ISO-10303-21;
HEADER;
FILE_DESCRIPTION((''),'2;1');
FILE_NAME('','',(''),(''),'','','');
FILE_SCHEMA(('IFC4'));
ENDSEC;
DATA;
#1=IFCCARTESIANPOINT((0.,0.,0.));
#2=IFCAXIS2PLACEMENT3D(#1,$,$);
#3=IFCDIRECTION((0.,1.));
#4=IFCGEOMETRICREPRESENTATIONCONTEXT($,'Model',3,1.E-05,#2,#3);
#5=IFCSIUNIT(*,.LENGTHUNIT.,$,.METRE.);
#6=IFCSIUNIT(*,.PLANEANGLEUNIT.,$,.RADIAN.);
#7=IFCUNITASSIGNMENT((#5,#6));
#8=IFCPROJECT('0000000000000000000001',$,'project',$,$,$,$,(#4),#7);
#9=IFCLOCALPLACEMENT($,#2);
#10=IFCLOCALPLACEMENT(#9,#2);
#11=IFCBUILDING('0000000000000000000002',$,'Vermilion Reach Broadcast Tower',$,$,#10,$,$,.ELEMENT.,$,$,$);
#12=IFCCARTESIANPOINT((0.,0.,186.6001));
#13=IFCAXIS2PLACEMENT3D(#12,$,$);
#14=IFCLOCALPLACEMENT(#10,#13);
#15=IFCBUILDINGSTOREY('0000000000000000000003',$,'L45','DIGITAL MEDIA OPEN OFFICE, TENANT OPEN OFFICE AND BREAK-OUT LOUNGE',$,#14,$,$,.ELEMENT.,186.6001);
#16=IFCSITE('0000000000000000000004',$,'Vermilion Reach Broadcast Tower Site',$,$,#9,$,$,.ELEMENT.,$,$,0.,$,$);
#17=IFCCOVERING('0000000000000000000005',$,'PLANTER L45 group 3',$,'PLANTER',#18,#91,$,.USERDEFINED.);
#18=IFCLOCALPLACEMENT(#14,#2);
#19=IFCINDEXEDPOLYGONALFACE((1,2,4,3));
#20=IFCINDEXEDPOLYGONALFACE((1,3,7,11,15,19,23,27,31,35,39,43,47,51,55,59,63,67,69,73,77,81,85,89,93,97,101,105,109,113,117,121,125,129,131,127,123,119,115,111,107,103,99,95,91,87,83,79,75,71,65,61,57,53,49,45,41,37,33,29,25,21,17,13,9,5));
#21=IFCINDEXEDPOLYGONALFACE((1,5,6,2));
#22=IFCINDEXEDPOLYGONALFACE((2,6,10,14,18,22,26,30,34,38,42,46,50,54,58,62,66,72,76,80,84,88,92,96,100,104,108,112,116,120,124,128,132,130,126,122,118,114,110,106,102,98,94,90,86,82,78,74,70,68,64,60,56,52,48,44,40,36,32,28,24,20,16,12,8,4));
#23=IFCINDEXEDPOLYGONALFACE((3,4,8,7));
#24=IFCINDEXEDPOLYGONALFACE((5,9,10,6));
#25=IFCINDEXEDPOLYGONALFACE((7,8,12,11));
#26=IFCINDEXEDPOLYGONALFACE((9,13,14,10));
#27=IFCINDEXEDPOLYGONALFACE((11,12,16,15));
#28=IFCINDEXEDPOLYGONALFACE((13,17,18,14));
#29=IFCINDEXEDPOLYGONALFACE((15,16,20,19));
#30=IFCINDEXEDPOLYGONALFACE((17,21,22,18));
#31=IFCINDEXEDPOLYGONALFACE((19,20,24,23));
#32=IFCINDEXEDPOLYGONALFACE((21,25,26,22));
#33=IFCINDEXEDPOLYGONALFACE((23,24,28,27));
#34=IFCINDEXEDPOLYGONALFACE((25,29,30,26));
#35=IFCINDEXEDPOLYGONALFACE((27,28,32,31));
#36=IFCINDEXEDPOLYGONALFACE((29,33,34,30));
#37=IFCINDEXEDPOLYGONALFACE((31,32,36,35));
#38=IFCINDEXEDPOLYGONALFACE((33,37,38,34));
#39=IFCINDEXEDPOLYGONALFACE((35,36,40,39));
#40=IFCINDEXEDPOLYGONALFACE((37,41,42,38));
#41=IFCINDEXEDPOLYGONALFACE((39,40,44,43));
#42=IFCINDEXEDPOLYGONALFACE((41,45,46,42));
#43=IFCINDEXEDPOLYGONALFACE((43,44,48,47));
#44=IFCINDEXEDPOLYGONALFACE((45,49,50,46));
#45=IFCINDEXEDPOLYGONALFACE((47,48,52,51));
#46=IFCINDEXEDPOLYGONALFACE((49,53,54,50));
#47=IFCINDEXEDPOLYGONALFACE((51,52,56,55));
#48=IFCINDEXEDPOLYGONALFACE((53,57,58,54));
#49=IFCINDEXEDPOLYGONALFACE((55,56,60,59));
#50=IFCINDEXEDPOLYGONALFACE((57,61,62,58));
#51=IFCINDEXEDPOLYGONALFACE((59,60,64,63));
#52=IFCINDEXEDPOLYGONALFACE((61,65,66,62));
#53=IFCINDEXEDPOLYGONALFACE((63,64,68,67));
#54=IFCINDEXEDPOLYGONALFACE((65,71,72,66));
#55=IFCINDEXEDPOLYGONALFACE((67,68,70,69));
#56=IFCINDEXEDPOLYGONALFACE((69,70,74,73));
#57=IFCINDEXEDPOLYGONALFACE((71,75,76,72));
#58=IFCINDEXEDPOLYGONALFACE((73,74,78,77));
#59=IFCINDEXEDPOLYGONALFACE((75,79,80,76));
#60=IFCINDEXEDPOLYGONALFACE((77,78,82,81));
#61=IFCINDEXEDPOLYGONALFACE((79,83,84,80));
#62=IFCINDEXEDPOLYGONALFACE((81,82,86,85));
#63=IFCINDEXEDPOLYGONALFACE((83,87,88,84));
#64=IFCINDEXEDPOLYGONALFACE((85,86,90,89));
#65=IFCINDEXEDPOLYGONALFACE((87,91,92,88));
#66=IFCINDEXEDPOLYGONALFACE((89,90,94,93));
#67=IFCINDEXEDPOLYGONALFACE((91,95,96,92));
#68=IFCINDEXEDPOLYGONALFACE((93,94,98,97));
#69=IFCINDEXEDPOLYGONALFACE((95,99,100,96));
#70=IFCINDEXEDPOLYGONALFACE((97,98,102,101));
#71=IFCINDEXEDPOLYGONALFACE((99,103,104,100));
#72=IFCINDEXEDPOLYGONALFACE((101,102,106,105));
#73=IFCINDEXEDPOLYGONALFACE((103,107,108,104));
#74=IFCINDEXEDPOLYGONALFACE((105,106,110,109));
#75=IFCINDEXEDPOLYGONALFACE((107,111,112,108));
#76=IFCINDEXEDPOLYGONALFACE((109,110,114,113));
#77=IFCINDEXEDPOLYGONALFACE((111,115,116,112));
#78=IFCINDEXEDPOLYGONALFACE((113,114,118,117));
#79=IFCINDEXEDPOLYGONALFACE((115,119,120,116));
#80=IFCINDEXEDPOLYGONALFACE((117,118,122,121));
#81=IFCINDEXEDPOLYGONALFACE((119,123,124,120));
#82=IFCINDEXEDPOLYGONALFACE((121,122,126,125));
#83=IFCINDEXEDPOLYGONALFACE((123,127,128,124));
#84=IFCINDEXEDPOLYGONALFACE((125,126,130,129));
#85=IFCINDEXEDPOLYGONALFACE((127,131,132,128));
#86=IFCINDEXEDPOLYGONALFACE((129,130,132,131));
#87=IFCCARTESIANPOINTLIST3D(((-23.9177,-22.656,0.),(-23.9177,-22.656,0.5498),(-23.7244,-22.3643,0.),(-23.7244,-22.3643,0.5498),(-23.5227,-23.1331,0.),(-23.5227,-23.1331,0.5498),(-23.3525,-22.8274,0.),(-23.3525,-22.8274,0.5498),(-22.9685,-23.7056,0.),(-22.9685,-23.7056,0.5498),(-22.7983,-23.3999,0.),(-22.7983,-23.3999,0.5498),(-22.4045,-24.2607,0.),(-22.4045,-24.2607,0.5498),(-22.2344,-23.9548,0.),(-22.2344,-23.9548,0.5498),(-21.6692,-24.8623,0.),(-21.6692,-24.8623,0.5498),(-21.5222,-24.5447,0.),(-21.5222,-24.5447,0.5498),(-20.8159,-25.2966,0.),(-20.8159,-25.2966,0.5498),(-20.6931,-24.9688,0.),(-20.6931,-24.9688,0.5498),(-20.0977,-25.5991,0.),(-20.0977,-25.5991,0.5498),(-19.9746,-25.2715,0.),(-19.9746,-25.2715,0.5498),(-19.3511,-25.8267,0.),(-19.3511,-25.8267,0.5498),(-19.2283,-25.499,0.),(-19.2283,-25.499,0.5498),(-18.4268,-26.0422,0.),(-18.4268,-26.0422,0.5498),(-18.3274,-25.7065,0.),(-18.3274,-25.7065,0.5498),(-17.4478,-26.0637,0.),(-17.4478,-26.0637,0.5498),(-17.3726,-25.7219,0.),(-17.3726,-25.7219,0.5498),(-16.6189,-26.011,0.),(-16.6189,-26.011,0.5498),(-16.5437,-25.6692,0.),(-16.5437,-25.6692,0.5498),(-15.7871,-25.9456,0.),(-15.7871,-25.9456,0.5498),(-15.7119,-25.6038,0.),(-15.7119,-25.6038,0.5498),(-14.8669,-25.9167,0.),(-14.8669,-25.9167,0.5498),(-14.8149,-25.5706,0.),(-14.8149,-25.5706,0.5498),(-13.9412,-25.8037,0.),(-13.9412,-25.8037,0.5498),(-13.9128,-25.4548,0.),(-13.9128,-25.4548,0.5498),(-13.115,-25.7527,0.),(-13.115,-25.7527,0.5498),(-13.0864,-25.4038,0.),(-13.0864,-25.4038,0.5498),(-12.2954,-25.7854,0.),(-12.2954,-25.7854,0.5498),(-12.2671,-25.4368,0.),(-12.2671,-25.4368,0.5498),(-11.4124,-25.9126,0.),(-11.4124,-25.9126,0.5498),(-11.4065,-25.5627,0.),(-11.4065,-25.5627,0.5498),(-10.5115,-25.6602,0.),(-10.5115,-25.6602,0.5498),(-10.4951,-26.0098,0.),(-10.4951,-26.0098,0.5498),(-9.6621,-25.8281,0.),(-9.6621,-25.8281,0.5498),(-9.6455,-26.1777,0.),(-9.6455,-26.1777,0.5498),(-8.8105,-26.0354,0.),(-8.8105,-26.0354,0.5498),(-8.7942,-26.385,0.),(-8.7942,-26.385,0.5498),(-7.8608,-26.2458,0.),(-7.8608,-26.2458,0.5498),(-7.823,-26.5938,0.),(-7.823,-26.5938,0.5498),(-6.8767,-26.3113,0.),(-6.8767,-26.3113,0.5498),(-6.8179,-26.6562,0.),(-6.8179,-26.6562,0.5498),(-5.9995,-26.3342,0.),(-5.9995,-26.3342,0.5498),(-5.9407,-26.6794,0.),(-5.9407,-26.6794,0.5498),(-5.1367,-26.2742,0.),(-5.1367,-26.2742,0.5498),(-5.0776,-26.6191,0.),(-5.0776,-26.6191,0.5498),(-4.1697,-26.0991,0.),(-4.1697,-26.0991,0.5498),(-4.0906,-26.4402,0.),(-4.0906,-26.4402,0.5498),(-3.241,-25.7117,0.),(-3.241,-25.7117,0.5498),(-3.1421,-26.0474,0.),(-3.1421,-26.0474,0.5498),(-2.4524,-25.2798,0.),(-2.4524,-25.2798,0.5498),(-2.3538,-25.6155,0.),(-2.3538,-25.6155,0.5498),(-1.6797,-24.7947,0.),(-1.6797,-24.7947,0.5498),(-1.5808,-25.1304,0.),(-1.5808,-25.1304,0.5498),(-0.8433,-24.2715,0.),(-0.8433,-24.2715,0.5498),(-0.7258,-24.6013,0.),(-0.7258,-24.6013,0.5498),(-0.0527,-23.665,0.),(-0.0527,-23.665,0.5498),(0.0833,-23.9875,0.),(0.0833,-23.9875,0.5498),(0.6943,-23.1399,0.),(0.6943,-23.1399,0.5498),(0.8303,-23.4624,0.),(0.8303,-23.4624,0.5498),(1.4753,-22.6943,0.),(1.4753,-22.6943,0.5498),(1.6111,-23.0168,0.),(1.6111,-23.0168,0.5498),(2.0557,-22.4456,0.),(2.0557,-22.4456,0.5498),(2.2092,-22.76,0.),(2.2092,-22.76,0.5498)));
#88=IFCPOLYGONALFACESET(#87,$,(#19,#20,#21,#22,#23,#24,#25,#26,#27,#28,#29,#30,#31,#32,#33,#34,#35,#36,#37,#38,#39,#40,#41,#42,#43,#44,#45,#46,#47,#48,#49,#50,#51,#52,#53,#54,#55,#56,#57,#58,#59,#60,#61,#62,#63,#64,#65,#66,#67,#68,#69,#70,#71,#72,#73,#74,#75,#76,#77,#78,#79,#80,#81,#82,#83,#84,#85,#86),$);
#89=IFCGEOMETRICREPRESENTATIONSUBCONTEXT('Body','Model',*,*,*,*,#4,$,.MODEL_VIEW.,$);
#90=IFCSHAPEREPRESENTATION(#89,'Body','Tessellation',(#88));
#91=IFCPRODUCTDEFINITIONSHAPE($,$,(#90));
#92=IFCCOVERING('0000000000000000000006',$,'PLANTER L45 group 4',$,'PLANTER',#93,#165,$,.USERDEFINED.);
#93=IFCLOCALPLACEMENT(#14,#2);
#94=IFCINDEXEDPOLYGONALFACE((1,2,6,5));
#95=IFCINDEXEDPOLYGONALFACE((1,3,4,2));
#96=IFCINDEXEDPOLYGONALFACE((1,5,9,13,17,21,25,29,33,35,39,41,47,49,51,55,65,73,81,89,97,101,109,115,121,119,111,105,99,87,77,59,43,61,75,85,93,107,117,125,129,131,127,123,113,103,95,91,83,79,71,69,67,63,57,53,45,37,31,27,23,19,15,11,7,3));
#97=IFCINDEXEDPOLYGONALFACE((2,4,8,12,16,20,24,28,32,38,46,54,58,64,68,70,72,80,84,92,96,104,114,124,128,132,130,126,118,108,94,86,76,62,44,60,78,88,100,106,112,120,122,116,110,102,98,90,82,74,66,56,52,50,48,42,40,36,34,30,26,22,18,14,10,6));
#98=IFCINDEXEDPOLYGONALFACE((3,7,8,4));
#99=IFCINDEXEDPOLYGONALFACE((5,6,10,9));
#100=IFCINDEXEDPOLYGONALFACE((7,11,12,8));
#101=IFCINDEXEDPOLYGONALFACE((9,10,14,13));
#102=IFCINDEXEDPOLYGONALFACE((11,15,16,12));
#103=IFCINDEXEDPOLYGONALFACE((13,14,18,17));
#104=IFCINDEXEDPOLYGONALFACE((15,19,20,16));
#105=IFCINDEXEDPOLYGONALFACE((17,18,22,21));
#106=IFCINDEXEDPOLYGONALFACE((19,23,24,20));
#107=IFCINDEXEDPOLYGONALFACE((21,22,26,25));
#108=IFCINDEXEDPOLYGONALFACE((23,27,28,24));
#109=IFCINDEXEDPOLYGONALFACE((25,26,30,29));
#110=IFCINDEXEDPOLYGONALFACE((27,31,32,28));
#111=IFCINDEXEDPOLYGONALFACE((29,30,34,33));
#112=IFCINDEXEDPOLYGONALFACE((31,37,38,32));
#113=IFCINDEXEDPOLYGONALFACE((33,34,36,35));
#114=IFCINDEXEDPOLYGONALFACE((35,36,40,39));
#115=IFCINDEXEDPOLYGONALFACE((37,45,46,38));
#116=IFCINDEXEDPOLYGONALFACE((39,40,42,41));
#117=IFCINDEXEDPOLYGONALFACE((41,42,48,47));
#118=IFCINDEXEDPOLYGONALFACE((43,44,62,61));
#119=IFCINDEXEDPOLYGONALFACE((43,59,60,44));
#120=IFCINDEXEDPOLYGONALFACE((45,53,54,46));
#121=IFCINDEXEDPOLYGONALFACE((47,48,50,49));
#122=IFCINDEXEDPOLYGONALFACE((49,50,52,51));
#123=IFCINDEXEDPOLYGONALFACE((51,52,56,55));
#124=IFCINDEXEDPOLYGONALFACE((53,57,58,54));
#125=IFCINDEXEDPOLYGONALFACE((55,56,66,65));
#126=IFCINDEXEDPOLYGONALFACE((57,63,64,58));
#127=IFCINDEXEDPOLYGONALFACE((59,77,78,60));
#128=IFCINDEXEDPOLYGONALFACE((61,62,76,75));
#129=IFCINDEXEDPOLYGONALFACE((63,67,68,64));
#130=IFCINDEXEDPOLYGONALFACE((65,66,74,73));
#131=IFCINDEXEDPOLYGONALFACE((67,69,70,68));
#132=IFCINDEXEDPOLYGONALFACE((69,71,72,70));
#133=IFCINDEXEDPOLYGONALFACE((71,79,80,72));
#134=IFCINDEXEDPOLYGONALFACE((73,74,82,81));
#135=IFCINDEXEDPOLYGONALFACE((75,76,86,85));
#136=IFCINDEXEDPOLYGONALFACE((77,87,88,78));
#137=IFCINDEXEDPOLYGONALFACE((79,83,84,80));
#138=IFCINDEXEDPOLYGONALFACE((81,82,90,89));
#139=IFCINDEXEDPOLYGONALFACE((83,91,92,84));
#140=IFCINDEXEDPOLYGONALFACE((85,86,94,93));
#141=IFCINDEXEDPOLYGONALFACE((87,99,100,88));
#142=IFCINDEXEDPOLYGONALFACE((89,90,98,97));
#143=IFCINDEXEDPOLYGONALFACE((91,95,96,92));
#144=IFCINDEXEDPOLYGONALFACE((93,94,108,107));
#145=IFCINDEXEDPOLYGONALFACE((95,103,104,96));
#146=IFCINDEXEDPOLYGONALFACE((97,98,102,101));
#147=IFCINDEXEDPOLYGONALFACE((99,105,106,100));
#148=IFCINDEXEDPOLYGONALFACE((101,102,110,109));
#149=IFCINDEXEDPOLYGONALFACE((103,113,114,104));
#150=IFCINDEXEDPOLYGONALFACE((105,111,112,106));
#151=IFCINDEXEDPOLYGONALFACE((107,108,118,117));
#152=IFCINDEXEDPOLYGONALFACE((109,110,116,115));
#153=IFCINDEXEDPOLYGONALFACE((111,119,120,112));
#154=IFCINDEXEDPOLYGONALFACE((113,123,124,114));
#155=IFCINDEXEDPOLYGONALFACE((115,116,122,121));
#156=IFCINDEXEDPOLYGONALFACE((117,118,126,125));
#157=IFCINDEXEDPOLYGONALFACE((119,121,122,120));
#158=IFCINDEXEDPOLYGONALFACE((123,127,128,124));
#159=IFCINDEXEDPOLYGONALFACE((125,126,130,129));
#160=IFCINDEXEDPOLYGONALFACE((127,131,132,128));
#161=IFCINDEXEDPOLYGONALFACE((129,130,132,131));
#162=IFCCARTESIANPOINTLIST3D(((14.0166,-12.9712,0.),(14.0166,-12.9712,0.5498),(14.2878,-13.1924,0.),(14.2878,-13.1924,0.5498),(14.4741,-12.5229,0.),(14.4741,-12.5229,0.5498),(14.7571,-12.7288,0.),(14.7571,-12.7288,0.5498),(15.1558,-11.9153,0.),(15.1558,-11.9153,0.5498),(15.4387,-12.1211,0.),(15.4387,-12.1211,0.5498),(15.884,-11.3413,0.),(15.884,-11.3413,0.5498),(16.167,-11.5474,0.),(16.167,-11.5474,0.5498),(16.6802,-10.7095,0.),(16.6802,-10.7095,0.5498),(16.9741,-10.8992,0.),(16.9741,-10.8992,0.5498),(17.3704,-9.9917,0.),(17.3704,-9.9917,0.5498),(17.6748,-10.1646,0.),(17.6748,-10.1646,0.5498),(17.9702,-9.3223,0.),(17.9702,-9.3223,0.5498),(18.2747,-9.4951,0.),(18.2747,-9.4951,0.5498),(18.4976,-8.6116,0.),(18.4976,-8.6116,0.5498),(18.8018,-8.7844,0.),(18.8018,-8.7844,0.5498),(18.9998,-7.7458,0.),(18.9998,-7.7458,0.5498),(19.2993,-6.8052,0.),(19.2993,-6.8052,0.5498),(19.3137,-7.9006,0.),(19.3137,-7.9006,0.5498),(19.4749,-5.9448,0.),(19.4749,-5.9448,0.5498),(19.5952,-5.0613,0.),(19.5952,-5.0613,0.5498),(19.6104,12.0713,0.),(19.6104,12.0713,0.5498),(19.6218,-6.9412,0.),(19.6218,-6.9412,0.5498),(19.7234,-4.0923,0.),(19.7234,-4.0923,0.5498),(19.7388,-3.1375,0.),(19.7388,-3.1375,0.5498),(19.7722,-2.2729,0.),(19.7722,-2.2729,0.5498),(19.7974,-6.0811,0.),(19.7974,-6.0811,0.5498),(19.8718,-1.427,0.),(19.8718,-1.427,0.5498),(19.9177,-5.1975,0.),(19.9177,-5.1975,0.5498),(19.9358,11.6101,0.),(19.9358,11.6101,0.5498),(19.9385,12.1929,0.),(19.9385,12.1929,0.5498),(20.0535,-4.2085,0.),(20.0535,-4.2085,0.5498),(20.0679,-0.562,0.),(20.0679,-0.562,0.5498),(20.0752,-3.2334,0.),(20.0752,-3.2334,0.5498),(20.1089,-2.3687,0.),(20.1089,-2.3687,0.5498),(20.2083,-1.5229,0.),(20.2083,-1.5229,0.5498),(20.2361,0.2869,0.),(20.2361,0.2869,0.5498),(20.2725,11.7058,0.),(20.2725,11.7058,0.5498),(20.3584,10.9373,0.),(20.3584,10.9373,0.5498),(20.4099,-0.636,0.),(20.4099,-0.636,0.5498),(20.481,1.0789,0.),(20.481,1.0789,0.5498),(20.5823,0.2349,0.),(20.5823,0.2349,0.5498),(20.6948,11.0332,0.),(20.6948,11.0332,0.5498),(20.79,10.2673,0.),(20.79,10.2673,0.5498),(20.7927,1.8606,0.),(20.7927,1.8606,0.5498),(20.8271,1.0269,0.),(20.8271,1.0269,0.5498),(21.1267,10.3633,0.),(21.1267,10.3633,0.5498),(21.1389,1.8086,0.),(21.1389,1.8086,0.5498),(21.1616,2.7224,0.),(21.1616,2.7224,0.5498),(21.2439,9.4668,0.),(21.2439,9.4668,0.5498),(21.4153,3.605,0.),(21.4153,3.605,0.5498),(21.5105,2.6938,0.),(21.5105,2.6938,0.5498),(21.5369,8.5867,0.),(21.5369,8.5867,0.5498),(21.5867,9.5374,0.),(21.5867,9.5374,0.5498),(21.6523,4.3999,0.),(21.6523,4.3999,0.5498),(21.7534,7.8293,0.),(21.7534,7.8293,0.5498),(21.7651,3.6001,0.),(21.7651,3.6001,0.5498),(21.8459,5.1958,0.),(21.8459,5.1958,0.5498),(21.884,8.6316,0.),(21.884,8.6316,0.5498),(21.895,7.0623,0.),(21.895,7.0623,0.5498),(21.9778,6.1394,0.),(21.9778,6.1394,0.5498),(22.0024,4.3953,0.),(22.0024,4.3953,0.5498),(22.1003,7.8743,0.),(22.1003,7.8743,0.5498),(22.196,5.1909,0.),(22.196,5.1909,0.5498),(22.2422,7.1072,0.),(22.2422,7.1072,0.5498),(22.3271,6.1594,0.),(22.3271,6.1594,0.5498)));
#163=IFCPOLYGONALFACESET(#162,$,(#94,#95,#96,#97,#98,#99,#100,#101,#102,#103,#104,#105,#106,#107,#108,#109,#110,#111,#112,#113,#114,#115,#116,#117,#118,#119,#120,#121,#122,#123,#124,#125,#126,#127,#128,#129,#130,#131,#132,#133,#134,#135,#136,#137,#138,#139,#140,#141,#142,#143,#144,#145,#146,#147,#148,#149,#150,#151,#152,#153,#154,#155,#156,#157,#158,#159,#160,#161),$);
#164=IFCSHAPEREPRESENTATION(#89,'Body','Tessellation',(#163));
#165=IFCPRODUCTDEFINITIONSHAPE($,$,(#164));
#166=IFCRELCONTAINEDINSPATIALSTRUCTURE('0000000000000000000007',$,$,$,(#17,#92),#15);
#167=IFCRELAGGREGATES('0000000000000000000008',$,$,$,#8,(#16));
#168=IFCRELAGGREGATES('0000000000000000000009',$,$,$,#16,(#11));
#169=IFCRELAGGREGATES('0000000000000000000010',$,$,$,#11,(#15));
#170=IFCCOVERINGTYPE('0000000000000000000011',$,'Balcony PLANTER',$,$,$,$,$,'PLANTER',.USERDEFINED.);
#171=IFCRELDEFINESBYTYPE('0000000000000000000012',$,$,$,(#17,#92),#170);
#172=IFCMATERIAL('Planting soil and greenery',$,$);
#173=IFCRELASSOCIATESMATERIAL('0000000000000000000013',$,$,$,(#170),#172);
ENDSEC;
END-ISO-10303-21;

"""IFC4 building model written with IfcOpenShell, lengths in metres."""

from ifc_helpers import new_model, si_unit, direction, frame, origin, place, context, subcontext, project, spatial, polyline, outline, extrude, material, type_object, element, save


model = new_model("IFC4")

# Units and contexts
model_context = context("Model", 3, precision=1e-05, world=origin(), true_north=direction((0.0, 1.0)))
body_context = subcontext(model_context, "Body", "Model", "MODEL_VIEW")
ifc_project = project(units=[si_unit("LENGTHUNIT", "METRE"), si_unit("PLANEANGLEUNIT", "RADIAN")], contexts=[model_context])

# Site, building, storey
site_placement = place(None, origin())
site = spatial("IfcSite", under=ifc_project, at=site_placement, Name="Vermilion Reach Broadcast Tower Site", CompositionType="ELEMENT", RefElevation=0.0)
building_placement = place(site_placement, origin())
building = spatial("IfcBuilding", under=site, at=building_placement, Name="Vermilion Reach Broadcast Tower", CompositionType="ELEMENT")
storey_placement = place(building_placement, frame((0.0, 0.0, 186.6001)))
storey = spatial("IfcBuildingStorey", under=building, at=storey_placement, Name="L45", Description="DIGITAL MEDIA OPEN OFFICE, TENANT OPEN OFFICE AND BREAK-OUT LOUNGE", CompositionType="ELEMENT", Elevation=186.6001)

# Shared definitions
placement_1 = place(storey_placement, origin())

# Coverings
ifc_material_1 = material(Name="Planting soil and greenery")
covering_type = type_object("IfcCoveringType", Name="Balcony PLANTER", ElementType="PLANTER", PredefinedType="USERDEFINED", material=ifc_material_1)
element("IfcCovering", 1, at=placement_1, inside=storey, type_object=covering_type, Name="PLANTER L45 group 3", ObjectType="PLANTER", PredefinedType="USERDEFINED", context=body_context, shape_type="SweptSolid", body=[
    extrude(outline(polyline([(-23.9177, -22.656), (-23.5227, -23.1331), (-22.9685, -23.7056), (-22.4045, -24.2607), (-21.6692, -24.8623), (-20.8159, -25.2966), (-20.0977, -25.5991), (-19.3511, -25.8267), (-18.4268, -26.0422), (-17.4478, -26.0637), (-16.6189, -26.011), (-15.7871, -25.9456), (-14.8669, -25.9167), (-13.9412, -25.8037), (-13.115, -25.7527), (-12.2954, -25.7854), (-11.4124, -25.9126), (-10.4951, -26.0098), (-9.6455, -26.1777), (-8.7942, -26.385), (-7.823, -26.5938), (-6.8179, -26.6562), (-5.9407, -26.6794), (-5.0776, -26.6191), (-4.0906, -26.4402), (-3.1421, -26.0474), (-2.3538, -25.6155), (-1.5808, -25.1304), (-0.7258, -24.6013), (0.0833, -23.9875), (0.8303, -23.4624), (1.6111, -23.0168), (2.2092, -22.76), (2.0557, -22.4456), (1.4753, -22.6943), (0.6943, -23.1399), (-0.0527, -23.665), (-0.8433, -24.2715), (-1.6797, -24.7947), (-2.4524, -25.2798), (-3.241, -25.7117), (-4.1697, -26.0991), (-5.1367, -26.2742), (-5.9995, -26.3342), (-6.8767, -26.3113), (-7.8608, -26.2458), (-8.8105, -26.0354), (-9.6621, -25.8281), (-10.5115, -25.6602), (-11.4065, -25.5627), (-12.2671, -25.4368), (-13.0864, -25.4038), (-13.9128, -25.4548), (-14.8149, -25.5706), (-15.7119, -25.6038), (-16.5437, -25.6692), (-17.3726, -25.7219), (-18.3274, -25.7065), (-19.2283, -25.499), (-19.9746, -25.2715), (-20.6931, -24.9688), (-21.5222, -24.5447), (-22.2344, -23.9548), (-22.7983, -23.3999), (-23.3525, -22.8274), (-23.7244, -22.3643), (-23.9177, -22.656)])), origin(), (0.0, 0.0, 1.0), 0.5498),
])
element("IfcCovering", 2, at=placement_1, inside=storey, type_object=covering_type, Name="PLANTER L45 group 4", ObjectType="PLANTER", PredefinedType="USERDEFINED", context=body_context, shape_type="SweptSolid", body=[
    extrude(outline(polyline([(14.2878, -13.1924), (14.7571, -12.7288), (15.4387, -12.1211), (16.167, -11.5474), (16.9741, -10.8992), (17.6748, -10.1646), (18.2747, -9.4951), (18.8018, -8.7844), (19.3137, -7.9006), (19.6218, -6.9412), (19.7974, -6.0811), (19.9177, -5.1975), (20.0535, -4.2085), (20.0752, -3.2334), (20.1089, -2.3687), (20.2083, -1.5229), (20.4099, -0.636), (20.5823, 0.2349), (20.8271, 1.0269), (21.1389, 1.8086), (21.5105, 2.6938), (21.7651, 3.6001), (22.0024, 4.3953), (22.196, 5.1909), (22.3271, 6.1594), (22.2422, 7.1072), (22.1003, 7.8743), (21.884, 8.6316), (21.5867, 9.5374), (21.1267, 10.3633), (20.6948, 11.0332), (20.2725, 11.7058), (19.9385, 12.1929), (19.6104, 12.0713), (19.9358, 11.6101), (20.3584, 10.9373), (20.79, 10.2673), (21.2439, 9.4668), (21.5369, 8.5867), (21.7534, 7.8293), (21.895, 7.0623), (21.9778, 6.1394), (21.8459, 5.1958), (21.6523, 4.3999), (21.4153, 3.605), (21.1616, 2.7224), (20.7927, 1.8606), (20.481, 1.0789), (20.2361, 0.2869), (20.0679, -0.562), (19.8718, -1.427), (19.7722, -2.2729), (19.7388, -3.1375), (19.7234, -4.0923), (19.5952, -5.0613), (19.4749, -5.9448), (19.2993, -6.8052), (18.9998, -7.7458), (18.4976, -8.6116), (17.9702, -9.3223), (17.3704, -9.9917), (16.6802, -10.7095), (15.884, -11.3413), (15.1558, -11.9153), (14.4741, -12.5229), (14.0166, -12.9712), (14.2878, -13.1924)])), origin(), (0.0, 0.0, 1.0), 0.5498),
])

save(model, "model.ifc")
